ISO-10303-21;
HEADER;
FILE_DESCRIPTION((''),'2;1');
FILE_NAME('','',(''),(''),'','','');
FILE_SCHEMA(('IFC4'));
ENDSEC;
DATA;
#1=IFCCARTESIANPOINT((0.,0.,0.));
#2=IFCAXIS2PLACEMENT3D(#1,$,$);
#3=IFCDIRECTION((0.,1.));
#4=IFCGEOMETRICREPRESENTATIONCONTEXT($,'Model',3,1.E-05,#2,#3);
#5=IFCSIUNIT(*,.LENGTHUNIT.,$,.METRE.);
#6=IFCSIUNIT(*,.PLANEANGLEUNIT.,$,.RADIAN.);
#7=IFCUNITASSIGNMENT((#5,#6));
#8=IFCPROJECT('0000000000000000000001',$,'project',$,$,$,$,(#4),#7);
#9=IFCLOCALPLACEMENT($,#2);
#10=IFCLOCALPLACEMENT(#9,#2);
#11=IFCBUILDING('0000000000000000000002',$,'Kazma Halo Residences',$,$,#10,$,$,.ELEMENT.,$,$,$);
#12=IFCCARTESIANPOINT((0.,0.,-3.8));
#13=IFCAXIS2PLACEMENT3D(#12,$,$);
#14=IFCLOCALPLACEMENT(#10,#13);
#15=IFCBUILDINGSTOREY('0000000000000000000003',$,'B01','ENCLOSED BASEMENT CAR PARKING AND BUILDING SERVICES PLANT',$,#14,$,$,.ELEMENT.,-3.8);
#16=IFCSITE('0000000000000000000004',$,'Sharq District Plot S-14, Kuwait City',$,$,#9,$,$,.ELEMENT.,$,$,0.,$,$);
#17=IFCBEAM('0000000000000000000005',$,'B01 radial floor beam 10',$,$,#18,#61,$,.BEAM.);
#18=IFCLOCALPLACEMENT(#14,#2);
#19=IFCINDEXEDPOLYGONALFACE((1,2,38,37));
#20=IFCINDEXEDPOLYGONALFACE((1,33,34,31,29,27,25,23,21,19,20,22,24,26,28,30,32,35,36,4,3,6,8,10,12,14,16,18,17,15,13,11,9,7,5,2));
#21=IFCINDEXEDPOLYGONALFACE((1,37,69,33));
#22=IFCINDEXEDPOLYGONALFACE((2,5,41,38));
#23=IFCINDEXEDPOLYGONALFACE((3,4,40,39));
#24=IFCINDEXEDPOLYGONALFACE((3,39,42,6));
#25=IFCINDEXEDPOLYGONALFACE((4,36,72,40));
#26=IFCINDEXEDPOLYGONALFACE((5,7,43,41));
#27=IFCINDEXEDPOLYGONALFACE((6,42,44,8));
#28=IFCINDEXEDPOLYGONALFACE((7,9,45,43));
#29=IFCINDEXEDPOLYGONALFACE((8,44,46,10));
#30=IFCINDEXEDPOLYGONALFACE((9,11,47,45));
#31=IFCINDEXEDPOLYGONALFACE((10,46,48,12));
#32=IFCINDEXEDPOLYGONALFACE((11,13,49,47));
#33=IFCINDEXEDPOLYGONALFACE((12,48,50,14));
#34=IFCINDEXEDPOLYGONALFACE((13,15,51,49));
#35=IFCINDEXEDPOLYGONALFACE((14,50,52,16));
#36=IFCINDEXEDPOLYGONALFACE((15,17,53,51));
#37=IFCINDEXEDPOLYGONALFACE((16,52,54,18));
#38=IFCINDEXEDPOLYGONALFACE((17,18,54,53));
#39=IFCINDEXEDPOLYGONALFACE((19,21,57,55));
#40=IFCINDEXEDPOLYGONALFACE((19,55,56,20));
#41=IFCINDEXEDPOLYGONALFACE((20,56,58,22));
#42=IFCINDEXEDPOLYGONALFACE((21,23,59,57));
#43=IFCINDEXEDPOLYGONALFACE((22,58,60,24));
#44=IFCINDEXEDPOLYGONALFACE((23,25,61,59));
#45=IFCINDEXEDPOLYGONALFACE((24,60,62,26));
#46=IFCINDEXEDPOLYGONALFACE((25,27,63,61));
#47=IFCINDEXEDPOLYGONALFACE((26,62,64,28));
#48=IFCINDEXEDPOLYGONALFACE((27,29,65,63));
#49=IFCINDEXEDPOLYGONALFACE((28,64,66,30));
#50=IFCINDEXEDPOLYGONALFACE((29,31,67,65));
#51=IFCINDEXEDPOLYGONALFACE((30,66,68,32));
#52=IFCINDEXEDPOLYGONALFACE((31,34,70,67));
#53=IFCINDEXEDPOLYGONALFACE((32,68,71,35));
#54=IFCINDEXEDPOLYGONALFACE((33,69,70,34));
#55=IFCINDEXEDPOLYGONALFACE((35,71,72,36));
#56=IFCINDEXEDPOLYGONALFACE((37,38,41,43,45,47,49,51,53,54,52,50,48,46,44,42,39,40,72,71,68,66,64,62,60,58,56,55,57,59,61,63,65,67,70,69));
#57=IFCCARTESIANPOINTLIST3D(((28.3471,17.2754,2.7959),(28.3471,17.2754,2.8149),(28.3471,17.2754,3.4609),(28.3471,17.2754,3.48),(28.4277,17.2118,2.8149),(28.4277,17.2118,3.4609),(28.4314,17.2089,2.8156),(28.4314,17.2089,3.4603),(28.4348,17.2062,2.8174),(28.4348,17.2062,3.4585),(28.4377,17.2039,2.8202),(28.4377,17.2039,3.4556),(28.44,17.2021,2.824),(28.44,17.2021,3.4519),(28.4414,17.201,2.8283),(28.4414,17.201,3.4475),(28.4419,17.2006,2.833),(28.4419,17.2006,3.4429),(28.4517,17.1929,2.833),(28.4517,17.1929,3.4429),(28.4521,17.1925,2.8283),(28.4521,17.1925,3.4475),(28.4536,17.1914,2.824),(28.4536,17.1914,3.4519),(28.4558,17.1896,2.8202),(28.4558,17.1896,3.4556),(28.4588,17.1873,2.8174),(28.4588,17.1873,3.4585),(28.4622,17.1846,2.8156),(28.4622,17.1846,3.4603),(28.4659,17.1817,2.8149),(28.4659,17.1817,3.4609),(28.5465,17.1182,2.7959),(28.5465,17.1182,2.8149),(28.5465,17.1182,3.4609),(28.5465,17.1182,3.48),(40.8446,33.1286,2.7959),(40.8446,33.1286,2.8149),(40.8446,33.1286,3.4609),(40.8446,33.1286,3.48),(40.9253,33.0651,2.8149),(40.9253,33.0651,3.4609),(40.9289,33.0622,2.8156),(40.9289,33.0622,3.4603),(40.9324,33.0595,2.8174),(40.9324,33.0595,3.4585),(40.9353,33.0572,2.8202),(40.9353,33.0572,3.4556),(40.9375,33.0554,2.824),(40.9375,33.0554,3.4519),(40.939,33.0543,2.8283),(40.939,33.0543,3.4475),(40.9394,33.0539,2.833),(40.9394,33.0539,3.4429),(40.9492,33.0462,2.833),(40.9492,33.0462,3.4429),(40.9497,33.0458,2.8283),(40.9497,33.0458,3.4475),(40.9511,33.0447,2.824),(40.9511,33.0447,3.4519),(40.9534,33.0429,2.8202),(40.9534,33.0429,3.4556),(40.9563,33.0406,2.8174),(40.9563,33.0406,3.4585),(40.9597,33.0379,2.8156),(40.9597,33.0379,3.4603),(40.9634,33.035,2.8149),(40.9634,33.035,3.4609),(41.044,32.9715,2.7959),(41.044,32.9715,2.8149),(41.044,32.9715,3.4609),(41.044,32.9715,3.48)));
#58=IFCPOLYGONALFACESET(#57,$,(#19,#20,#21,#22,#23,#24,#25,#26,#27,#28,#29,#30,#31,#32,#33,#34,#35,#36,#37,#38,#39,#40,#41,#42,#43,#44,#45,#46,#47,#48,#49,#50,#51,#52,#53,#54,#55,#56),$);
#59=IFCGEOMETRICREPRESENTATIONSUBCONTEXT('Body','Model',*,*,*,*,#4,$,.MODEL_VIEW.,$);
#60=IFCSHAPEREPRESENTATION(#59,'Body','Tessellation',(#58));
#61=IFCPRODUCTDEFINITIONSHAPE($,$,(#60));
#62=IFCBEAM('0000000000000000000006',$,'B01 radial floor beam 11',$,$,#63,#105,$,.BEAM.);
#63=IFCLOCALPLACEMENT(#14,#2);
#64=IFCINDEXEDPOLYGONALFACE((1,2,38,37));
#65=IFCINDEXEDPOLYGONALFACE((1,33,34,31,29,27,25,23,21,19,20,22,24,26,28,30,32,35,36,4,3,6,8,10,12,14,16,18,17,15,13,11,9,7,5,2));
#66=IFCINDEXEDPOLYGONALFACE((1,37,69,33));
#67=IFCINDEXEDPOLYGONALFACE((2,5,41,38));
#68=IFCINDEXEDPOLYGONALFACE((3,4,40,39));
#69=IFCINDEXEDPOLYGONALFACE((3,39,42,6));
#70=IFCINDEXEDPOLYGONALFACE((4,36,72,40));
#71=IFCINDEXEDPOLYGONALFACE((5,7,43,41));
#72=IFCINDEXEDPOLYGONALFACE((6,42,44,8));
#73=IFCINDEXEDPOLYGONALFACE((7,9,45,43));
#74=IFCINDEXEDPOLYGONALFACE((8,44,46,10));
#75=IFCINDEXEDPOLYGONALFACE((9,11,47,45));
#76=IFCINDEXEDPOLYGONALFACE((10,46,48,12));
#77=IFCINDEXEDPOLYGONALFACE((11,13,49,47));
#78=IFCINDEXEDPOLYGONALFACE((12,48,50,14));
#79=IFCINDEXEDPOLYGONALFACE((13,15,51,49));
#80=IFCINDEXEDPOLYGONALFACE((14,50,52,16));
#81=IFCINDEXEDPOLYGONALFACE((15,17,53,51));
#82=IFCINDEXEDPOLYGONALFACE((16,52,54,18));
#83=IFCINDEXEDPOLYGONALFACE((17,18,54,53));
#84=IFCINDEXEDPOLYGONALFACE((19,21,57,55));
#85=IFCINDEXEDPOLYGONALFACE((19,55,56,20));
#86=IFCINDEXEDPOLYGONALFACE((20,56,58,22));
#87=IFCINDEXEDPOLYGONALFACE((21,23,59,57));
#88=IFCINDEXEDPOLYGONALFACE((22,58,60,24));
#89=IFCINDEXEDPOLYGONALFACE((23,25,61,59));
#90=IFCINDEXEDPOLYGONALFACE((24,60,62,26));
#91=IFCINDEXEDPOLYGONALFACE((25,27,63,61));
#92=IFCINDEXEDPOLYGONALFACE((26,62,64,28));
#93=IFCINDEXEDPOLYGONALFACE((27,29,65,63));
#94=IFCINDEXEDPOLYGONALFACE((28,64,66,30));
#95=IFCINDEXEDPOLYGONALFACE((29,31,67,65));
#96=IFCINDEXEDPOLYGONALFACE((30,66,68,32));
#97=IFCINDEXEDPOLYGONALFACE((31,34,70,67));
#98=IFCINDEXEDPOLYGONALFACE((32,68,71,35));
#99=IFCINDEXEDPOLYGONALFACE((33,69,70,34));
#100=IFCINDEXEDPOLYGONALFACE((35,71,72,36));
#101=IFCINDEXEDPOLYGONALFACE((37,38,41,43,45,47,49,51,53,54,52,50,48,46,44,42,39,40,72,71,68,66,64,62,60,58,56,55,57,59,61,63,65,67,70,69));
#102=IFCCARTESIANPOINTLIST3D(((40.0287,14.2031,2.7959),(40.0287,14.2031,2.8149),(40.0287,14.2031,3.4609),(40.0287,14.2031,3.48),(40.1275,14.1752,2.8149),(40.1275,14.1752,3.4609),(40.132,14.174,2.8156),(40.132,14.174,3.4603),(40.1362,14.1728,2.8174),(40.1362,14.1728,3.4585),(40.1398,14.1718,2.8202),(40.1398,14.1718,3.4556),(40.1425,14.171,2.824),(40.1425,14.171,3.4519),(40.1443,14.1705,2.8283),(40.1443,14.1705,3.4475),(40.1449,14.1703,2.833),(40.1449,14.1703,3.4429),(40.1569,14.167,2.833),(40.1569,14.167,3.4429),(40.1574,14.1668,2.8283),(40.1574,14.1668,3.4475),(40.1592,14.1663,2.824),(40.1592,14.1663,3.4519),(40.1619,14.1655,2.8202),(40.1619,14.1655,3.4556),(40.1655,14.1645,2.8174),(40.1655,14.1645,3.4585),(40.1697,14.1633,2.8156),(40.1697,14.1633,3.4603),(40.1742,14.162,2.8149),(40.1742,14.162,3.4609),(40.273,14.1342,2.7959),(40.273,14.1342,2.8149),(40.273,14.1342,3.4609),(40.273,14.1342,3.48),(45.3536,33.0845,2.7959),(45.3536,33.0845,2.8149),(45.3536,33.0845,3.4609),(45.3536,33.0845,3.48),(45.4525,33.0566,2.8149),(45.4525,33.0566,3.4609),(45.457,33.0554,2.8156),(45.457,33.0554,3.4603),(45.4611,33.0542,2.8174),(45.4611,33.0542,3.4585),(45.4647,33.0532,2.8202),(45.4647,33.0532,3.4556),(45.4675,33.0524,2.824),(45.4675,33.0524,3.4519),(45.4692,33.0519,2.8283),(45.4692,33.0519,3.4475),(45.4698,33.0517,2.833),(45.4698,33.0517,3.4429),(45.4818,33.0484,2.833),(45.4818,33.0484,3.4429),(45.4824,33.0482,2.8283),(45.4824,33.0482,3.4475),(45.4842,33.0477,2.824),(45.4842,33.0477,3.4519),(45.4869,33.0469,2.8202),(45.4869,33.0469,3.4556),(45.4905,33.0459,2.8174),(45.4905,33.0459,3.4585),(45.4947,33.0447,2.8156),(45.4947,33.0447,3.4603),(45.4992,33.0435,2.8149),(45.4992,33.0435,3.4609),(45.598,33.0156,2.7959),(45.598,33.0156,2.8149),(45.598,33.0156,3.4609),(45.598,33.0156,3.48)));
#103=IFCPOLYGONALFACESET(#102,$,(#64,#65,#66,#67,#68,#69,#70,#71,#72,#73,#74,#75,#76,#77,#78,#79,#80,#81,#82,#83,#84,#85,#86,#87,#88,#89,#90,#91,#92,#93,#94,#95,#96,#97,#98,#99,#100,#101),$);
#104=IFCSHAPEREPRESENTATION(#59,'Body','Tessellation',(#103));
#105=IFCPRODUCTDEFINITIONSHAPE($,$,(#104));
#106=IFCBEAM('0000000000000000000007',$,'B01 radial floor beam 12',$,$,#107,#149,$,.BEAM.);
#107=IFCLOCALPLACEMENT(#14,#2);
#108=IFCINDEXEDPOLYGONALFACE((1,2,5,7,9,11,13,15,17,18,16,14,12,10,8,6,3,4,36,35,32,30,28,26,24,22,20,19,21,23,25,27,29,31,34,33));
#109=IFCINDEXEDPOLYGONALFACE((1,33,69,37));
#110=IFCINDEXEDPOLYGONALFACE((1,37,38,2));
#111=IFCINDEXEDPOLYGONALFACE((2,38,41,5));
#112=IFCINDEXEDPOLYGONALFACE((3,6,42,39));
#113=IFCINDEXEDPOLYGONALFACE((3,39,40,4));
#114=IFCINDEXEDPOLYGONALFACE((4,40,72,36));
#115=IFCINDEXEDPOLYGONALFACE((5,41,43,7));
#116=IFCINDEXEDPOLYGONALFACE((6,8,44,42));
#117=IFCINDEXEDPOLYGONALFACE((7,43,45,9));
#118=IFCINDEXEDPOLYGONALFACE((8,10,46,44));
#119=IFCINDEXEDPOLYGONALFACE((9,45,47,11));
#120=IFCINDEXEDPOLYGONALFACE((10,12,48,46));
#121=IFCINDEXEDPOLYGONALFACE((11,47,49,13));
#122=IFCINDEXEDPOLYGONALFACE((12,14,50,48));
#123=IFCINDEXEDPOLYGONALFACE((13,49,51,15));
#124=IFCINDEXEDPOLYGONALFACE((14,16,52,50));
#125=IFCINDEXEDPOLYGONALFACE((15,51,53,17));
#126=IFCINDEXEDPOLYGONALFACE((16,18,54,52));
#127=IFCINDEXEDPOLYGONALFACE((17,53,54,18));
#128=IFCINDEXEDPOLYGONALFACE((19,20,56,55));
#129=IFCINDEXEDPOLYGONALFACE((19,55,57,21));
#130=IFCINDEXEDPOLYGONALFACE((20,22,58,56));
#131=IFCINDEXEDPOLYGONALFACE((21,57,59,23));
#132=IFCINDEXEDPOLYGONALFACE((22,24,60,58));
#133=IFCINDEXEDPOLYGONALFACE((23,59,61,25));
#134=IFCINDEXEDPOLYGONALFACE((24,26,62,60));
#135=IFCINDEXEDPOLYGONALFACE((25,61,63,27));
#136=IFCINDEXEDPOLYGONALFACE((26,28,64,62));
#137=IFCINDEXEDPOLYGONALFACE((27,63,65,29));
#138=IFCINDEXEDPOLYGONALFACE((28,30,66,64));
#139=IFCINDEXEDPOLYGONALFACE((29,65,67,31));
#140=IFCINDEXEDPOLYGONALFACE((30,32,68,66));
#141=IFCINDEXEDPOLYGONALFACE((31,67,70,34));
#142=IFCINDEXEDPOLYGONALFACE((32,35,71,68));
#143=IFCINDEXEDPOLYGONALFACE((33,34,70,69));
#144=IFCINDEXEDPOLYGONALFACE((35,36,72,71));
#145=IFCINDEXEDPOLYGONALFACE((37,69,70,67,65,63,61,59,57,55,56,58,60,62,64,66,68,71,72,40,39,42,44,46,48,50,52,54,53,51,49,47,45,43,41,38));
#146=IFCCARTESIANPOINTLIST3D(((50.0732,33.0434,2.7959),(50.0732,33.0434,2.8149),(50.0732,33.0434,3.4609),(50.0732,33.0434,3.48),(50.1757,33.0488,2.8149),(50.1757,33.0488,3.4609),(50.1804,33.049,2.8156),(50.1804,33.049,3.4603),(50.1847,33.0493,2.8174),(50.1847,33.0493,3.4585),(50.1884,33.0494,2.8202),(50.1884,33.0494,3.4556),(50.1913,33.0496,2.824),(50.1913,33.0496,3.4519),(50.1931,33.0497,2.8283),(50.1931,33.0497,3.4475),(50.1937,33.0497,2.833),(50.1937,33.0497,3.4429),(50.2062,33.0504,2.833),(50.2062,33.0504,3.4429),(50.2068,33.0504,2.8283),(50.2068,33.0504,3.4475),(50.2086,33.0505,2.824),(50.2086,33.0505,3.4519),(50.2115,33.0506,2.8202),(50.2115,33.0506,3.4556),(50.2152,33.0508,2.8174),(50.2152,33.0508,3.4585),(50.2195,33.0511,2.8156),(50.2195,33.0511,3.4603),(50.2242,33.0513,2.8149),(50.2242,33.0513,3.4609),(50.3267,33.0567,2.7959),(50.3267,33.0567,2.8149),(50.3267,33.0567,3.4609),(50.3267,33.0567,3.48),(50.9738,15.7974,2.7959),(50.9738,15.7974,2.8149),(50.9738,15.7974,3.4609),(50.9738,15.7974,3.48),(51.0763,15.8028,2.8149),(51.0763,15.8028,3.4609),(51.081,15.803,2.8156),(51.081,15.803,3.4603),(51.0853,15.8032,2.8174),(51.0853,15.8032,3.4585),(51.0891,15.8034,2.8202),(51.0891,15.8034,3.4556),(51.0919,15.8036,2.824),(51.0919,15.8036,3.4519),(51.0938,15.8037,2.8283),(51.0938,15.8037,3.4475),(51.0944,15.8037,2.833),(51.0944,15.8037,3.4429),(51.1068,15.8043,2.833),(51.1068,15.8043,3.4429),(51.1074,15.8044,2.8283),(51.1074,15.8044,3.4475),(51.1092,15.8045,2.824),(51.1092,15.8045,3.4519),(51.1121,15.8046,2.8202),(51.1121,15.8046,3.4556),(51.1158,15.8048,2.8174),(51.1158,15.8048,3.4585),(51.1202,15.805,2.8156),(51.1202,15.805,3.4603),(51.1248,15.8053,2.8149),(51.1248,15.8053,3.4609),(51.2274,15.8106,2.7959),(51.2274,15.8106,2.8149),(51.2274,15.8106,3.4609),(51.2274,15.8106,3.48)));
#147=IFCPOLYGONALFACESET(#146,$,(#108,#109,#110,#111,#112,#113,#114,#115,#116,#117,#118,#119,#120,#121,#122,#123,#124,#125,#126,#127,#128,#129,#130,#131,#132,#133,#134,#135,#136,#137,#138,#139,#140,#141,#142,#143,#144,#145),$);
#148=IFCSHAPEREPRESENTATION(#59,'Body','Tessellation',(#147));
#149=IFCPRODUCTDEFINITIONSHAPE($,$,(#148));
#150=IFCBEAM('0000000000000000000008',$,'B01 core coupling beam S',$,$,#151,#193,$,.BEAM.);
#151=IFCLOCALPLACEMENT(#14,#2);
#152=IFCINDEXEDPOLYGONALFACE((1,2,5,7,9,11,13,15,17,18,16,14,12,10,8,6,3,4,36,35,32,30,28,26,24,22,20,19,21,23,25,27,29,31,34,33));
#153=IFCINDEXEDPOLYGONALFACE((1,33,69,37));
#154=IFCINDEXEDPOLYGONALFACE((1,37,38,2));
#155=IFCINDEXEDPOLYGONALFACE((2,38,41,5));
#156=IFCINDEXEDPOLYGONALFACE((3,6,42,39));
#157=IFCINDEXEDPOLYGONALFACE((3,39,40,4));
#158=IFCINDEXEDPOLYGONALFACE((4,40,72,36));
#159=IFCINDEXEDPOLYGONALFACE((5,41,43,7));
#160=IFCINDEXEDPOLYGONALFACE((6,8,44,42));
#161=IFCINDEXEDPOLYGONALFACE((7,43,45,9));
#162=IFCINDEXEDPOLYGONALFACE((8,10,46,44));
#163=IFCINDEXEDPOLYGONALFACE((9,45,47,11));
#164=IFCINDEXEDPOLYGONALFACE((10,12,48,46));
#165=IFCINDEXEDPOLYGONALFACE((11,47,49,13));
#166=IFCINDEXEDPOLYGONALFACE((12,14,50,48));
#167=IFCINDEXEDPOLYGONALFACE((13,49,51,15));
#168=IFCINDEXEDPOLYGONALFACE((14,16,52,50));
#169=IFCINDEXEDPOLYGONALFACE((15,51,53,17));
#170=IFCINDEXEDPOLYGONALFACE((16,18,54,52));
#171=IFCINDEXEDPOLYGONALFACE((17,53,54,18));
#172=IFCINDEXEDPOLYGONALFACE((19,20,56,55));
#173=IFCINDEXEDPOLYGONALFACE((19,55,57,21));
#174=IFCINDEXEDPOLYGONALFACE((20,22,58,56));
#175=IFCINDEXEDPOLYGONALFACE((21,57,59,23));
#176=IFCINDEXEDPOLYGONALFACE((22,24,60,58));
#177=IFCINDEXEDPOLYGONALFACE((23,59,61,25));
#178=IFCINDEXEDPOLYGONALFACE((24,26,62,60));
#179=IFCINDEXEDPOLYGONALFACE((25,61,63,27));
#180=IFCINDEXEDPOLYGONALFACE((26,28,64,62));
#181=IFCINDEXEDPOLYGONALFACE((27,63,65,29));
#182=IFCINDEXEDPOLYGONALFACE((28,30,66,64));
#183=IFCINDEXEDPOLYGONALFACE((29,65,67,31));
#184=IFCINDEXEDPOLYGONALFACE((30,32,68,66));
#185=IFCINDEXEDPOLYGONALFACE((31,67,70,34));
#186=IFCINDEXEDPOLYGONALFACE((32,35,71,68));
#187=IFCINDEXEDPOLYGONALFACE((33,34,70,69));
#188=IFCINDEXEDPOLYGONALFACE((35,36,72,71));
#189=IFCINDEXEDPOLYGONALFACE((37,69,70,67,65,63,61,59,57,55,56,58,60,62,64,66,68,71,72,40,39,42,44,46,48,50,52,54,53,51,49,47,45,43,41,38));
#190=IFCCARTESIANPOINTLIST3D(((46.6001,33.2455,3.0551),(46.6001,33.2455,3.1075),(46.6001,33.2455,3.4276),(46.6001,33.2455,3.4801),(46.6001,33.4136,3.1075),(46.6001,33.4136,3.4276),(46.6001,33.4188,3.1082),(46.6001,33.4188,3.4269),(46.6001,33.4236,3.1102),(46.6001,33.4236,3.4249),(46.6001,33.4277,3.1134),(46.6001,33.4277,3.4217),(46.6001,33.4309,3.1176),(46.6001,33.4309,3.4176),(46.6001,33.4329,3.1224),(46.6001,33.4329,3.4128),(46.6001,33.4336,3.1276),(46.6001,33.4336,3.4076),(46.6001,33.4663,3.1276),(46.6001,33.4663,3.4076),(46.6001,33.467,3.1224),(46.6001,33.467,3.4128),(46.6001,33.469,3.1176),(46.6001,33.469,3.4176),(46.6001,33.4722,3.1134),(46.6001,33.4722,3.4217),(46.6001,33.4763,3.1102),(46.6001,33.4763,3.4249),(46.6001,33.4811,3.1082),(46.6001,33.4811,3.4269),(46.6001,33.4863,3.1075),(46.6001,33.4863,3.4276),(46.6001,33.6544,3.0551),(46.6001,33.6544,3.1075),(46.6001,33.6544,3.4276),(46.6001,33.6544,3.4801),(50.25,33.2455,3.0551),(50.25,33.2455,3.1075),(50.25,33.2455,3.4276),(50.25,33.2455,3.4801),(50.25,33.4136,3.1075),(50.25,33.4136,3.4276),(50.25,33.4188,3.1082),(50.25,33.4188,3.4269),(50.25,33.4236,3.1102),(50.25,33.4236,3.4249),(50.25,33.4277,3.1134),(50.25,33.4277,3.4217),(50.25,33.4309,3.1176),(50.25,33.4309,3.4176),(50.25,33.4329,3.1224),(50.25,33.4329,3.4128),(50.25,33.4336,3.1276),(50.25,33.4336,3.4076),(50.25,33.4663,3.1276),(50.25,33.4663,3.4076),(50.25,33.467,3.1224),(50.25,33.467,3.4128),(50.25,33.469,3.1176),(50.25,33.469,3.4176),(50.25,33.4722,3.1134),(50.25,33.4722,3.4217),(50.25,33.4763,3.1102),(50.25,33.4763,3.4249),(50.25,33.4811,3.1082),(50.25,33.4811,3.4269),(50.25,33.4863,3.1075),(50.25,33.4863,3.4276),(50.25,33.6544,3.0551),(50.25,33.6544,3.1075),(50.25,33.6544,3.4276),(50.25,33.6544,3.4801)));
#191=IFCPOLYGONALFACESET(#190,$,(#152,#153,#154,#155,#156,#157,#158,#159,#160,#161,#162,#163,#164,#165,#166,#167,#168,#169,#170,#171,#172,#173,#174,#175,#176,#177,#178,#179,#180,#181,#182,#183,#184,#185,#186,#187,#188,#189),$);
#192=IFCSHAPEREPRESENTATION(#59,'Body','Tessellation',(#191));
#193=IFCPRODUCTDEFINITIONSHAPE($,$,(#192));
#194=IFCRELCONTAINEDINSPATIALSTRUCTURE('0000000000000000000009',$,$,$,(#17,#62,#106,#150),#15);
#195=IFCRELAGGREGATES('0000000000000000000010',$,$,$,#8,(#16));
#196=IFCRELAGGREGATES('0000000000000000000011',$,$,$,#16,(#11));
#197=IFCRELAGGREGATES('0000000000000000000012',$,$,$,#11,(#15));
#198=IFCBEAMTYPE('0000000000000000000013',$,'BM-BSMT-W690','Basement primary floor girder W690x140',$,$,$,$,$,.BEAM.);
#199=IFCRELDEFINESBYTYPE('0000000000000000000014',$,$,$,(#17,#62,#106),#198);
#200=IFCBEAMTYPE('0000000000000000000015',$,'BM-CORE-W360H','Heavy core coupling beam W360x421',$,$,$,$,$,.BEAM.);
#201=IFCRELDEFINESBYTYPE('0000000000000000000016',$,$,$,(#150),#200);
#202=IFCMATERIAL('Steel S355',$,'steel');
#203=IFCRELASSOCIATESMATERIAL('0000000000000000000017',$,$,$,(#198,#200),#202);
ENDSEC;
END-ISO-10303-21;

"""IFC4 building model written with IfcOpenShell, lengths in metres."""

from ifc_helpers import new_model, si_unit, direction, frame, origin, origin_2d, place, context, subcontext, project, spatial, i_section, extrude, material, material_profile, profile_set, type_object, element, save


model = new_model("IFC4")

# Units and contexts
model_context = context("Model", 3, precision=1e-05, world=origin(), true_north=direction((0.0, 1.0)))
body_context = subcontext(model_context, "Body", "Model", "MODEL_VIEW")
ifc_project = project(units=[si_unit("LENGTHUNIT", "METRE"), si_unit("PLANEANGLEUNIT", "RADIAN")], contexts=[model_context])

# Site, building, storey
site_placement = place(None, origin())
site = spatial("IfcSite", under=ifc_project, at=site_placement, Name="Sharq District Plot S-14, Kuwait City", CompositionType="ELEMENT", RefElevation=0.0)
building_placement = place(site_placement, origin())
building = spatial("IfcBuilding", under=site, at=building_placement, Name="Kazma Halo Residences", CompositionType="ELEMENT")
storey_placement = place(building_placement, frame((0.0, 0.0, -3.8)))
storey = spatial("IfcBuildingStorey", under=building, at=storey_placement, Name="B01", Description="ENCLOSED BASEMENT CAR PARKING AND BUILDING SERVICES PLANT", CompositionType="ELEMENT", Elevation=-3.8)

# Beams
ifc_material_1 = material(Name="Steel S355", Category="steel")
ifc_material_profile_1 = material_profile(ifc_material_1, i_section(OverallWidth=0.2539, OverallDepth=0.6841, WebThickness=0.0125, FlangeThickness=0.019, FilletRadius=0.0181, at=origin_2d()), Name="W690x140")
ifc_profile_set_1 = profile_set([ifc_material_profile_1], Name="Steel S355")
beam_type_1 = type_object("IfcBeamType", Name="BM-BSMT-W690", Description="Basement primary floor girder W690x140", PredefinedType="BEAM", material=ifc_profile_set_1)
beam_1_placement = place(storey_placement, frame((40.9443, 33.05, 3.1379), z_axis=(-0.619089, -0.785321, 0.0), x_axis=(0.785321, -0.619089, 0.0)))
element("IfcBeam", 1, at=beam_1_placement, inside=storey, type_object=beam_type_1, Name="B01 radial floor beam 10", PredefinedType="BEAM", context=body_context, shape_type="SweptSolid", body=[
    extrude(i_section(OverallWidth=0.2539, OverallDepth=0.6841, WebThickness=0.0125, FlangeThickness=0.019, FilletRadius=0.0181, at=origin_2d()), origin(), (0.0, 0.0, 1.0), 20.187),
])
beam_2_placement = place(storey_placement, frame((45.4758, 33.05, 3.1379), z_axis=(-0.271434, -0.962457, 0.0), x_axis=(0.962457, -0.271434, 0.0)))
element("IfcBeam", 2, at=beam_2_placement, inside=storey, type_object=beam_type_1, Name="B01 radial floor beam 11", PredefinedType="BEAM", context=body_context, shape_type="SweptSolid", body=[
    extrude(i_section(OverallWidth=0.2539, OverallDepth=0.6841, WebThickness=0.0125, FlangeThickness=0.019, FilletRadius=0.0181, at=origin_2d()), origin(), (0.0, 0.0, 1.0), 19.6179),
])
beam_3_placement = place(storey_placement, frame((50.2, 33.05, 3.1379), z_axis=(0.052151, -0.998639, 0.0), x_axis=(0.998639, 0.052151, 0.0)))
element("IfcBeam", 3, at=beam_3_placement, inside=storey, type_object=beam_type_1, Name="B01 radial floor beam 12", PredefinedType="BEAM", context=body_context, shape_type="SweptSolid", body=[
    extrude(i_section(OverallWidth=0.2539, OverallDepth=0.6841, WebThickness=0.0125, FlangeThickness=0.019, FilletRadius=0.0181, at=origin_2d()), origin(), (0.0, 0.0, 1.0), 17.2695),
])
ifc_material_profile_2 = material_profile(ifc_material_1, i_section(OverallWidth=0.4089, OverallDepth=0.425, WebThickness=0.0327, FlangeThickness=0.0525, FilletRadius=0.02, at=origin_2d()), Name="W360x421")
ifc_profile_set_2 = profile_set([ifc_material_profile_2], Name="Steel S355")
beam_type_2 = type_object("IfcBeamType", Name="BM-CORE-W360H", Description="Heavy core coupling beam W360x421", PredefinedType="BEAM", material=ifc_profile_set_2)
beam_4_placement = place(storey_placement, frame((46.6001, 33.45, 3.2676), z_axis=(1.0, 0.0, 0.0), x_axis=(0.0, 1.0, 0.0)))
element("IfcBeam", 4, at=beam_4_placement, inside=storey, type_object=beam_type_2, Name="B01 core coupling beam S", PredefinedType="BEAM", context=body_context, shape_type="SweptSolid", body=[
    extrude(i_section(OverallWidth=0.4089, OverallDepth=0.425, WebThickness=0.0327, FlangeThickness=0.0525, FilletRadius=0.02, at=origin_2d()), origin(), (0.0, 0.0, 1.0), 3.6499),
])

save(model, "model.ifc")
